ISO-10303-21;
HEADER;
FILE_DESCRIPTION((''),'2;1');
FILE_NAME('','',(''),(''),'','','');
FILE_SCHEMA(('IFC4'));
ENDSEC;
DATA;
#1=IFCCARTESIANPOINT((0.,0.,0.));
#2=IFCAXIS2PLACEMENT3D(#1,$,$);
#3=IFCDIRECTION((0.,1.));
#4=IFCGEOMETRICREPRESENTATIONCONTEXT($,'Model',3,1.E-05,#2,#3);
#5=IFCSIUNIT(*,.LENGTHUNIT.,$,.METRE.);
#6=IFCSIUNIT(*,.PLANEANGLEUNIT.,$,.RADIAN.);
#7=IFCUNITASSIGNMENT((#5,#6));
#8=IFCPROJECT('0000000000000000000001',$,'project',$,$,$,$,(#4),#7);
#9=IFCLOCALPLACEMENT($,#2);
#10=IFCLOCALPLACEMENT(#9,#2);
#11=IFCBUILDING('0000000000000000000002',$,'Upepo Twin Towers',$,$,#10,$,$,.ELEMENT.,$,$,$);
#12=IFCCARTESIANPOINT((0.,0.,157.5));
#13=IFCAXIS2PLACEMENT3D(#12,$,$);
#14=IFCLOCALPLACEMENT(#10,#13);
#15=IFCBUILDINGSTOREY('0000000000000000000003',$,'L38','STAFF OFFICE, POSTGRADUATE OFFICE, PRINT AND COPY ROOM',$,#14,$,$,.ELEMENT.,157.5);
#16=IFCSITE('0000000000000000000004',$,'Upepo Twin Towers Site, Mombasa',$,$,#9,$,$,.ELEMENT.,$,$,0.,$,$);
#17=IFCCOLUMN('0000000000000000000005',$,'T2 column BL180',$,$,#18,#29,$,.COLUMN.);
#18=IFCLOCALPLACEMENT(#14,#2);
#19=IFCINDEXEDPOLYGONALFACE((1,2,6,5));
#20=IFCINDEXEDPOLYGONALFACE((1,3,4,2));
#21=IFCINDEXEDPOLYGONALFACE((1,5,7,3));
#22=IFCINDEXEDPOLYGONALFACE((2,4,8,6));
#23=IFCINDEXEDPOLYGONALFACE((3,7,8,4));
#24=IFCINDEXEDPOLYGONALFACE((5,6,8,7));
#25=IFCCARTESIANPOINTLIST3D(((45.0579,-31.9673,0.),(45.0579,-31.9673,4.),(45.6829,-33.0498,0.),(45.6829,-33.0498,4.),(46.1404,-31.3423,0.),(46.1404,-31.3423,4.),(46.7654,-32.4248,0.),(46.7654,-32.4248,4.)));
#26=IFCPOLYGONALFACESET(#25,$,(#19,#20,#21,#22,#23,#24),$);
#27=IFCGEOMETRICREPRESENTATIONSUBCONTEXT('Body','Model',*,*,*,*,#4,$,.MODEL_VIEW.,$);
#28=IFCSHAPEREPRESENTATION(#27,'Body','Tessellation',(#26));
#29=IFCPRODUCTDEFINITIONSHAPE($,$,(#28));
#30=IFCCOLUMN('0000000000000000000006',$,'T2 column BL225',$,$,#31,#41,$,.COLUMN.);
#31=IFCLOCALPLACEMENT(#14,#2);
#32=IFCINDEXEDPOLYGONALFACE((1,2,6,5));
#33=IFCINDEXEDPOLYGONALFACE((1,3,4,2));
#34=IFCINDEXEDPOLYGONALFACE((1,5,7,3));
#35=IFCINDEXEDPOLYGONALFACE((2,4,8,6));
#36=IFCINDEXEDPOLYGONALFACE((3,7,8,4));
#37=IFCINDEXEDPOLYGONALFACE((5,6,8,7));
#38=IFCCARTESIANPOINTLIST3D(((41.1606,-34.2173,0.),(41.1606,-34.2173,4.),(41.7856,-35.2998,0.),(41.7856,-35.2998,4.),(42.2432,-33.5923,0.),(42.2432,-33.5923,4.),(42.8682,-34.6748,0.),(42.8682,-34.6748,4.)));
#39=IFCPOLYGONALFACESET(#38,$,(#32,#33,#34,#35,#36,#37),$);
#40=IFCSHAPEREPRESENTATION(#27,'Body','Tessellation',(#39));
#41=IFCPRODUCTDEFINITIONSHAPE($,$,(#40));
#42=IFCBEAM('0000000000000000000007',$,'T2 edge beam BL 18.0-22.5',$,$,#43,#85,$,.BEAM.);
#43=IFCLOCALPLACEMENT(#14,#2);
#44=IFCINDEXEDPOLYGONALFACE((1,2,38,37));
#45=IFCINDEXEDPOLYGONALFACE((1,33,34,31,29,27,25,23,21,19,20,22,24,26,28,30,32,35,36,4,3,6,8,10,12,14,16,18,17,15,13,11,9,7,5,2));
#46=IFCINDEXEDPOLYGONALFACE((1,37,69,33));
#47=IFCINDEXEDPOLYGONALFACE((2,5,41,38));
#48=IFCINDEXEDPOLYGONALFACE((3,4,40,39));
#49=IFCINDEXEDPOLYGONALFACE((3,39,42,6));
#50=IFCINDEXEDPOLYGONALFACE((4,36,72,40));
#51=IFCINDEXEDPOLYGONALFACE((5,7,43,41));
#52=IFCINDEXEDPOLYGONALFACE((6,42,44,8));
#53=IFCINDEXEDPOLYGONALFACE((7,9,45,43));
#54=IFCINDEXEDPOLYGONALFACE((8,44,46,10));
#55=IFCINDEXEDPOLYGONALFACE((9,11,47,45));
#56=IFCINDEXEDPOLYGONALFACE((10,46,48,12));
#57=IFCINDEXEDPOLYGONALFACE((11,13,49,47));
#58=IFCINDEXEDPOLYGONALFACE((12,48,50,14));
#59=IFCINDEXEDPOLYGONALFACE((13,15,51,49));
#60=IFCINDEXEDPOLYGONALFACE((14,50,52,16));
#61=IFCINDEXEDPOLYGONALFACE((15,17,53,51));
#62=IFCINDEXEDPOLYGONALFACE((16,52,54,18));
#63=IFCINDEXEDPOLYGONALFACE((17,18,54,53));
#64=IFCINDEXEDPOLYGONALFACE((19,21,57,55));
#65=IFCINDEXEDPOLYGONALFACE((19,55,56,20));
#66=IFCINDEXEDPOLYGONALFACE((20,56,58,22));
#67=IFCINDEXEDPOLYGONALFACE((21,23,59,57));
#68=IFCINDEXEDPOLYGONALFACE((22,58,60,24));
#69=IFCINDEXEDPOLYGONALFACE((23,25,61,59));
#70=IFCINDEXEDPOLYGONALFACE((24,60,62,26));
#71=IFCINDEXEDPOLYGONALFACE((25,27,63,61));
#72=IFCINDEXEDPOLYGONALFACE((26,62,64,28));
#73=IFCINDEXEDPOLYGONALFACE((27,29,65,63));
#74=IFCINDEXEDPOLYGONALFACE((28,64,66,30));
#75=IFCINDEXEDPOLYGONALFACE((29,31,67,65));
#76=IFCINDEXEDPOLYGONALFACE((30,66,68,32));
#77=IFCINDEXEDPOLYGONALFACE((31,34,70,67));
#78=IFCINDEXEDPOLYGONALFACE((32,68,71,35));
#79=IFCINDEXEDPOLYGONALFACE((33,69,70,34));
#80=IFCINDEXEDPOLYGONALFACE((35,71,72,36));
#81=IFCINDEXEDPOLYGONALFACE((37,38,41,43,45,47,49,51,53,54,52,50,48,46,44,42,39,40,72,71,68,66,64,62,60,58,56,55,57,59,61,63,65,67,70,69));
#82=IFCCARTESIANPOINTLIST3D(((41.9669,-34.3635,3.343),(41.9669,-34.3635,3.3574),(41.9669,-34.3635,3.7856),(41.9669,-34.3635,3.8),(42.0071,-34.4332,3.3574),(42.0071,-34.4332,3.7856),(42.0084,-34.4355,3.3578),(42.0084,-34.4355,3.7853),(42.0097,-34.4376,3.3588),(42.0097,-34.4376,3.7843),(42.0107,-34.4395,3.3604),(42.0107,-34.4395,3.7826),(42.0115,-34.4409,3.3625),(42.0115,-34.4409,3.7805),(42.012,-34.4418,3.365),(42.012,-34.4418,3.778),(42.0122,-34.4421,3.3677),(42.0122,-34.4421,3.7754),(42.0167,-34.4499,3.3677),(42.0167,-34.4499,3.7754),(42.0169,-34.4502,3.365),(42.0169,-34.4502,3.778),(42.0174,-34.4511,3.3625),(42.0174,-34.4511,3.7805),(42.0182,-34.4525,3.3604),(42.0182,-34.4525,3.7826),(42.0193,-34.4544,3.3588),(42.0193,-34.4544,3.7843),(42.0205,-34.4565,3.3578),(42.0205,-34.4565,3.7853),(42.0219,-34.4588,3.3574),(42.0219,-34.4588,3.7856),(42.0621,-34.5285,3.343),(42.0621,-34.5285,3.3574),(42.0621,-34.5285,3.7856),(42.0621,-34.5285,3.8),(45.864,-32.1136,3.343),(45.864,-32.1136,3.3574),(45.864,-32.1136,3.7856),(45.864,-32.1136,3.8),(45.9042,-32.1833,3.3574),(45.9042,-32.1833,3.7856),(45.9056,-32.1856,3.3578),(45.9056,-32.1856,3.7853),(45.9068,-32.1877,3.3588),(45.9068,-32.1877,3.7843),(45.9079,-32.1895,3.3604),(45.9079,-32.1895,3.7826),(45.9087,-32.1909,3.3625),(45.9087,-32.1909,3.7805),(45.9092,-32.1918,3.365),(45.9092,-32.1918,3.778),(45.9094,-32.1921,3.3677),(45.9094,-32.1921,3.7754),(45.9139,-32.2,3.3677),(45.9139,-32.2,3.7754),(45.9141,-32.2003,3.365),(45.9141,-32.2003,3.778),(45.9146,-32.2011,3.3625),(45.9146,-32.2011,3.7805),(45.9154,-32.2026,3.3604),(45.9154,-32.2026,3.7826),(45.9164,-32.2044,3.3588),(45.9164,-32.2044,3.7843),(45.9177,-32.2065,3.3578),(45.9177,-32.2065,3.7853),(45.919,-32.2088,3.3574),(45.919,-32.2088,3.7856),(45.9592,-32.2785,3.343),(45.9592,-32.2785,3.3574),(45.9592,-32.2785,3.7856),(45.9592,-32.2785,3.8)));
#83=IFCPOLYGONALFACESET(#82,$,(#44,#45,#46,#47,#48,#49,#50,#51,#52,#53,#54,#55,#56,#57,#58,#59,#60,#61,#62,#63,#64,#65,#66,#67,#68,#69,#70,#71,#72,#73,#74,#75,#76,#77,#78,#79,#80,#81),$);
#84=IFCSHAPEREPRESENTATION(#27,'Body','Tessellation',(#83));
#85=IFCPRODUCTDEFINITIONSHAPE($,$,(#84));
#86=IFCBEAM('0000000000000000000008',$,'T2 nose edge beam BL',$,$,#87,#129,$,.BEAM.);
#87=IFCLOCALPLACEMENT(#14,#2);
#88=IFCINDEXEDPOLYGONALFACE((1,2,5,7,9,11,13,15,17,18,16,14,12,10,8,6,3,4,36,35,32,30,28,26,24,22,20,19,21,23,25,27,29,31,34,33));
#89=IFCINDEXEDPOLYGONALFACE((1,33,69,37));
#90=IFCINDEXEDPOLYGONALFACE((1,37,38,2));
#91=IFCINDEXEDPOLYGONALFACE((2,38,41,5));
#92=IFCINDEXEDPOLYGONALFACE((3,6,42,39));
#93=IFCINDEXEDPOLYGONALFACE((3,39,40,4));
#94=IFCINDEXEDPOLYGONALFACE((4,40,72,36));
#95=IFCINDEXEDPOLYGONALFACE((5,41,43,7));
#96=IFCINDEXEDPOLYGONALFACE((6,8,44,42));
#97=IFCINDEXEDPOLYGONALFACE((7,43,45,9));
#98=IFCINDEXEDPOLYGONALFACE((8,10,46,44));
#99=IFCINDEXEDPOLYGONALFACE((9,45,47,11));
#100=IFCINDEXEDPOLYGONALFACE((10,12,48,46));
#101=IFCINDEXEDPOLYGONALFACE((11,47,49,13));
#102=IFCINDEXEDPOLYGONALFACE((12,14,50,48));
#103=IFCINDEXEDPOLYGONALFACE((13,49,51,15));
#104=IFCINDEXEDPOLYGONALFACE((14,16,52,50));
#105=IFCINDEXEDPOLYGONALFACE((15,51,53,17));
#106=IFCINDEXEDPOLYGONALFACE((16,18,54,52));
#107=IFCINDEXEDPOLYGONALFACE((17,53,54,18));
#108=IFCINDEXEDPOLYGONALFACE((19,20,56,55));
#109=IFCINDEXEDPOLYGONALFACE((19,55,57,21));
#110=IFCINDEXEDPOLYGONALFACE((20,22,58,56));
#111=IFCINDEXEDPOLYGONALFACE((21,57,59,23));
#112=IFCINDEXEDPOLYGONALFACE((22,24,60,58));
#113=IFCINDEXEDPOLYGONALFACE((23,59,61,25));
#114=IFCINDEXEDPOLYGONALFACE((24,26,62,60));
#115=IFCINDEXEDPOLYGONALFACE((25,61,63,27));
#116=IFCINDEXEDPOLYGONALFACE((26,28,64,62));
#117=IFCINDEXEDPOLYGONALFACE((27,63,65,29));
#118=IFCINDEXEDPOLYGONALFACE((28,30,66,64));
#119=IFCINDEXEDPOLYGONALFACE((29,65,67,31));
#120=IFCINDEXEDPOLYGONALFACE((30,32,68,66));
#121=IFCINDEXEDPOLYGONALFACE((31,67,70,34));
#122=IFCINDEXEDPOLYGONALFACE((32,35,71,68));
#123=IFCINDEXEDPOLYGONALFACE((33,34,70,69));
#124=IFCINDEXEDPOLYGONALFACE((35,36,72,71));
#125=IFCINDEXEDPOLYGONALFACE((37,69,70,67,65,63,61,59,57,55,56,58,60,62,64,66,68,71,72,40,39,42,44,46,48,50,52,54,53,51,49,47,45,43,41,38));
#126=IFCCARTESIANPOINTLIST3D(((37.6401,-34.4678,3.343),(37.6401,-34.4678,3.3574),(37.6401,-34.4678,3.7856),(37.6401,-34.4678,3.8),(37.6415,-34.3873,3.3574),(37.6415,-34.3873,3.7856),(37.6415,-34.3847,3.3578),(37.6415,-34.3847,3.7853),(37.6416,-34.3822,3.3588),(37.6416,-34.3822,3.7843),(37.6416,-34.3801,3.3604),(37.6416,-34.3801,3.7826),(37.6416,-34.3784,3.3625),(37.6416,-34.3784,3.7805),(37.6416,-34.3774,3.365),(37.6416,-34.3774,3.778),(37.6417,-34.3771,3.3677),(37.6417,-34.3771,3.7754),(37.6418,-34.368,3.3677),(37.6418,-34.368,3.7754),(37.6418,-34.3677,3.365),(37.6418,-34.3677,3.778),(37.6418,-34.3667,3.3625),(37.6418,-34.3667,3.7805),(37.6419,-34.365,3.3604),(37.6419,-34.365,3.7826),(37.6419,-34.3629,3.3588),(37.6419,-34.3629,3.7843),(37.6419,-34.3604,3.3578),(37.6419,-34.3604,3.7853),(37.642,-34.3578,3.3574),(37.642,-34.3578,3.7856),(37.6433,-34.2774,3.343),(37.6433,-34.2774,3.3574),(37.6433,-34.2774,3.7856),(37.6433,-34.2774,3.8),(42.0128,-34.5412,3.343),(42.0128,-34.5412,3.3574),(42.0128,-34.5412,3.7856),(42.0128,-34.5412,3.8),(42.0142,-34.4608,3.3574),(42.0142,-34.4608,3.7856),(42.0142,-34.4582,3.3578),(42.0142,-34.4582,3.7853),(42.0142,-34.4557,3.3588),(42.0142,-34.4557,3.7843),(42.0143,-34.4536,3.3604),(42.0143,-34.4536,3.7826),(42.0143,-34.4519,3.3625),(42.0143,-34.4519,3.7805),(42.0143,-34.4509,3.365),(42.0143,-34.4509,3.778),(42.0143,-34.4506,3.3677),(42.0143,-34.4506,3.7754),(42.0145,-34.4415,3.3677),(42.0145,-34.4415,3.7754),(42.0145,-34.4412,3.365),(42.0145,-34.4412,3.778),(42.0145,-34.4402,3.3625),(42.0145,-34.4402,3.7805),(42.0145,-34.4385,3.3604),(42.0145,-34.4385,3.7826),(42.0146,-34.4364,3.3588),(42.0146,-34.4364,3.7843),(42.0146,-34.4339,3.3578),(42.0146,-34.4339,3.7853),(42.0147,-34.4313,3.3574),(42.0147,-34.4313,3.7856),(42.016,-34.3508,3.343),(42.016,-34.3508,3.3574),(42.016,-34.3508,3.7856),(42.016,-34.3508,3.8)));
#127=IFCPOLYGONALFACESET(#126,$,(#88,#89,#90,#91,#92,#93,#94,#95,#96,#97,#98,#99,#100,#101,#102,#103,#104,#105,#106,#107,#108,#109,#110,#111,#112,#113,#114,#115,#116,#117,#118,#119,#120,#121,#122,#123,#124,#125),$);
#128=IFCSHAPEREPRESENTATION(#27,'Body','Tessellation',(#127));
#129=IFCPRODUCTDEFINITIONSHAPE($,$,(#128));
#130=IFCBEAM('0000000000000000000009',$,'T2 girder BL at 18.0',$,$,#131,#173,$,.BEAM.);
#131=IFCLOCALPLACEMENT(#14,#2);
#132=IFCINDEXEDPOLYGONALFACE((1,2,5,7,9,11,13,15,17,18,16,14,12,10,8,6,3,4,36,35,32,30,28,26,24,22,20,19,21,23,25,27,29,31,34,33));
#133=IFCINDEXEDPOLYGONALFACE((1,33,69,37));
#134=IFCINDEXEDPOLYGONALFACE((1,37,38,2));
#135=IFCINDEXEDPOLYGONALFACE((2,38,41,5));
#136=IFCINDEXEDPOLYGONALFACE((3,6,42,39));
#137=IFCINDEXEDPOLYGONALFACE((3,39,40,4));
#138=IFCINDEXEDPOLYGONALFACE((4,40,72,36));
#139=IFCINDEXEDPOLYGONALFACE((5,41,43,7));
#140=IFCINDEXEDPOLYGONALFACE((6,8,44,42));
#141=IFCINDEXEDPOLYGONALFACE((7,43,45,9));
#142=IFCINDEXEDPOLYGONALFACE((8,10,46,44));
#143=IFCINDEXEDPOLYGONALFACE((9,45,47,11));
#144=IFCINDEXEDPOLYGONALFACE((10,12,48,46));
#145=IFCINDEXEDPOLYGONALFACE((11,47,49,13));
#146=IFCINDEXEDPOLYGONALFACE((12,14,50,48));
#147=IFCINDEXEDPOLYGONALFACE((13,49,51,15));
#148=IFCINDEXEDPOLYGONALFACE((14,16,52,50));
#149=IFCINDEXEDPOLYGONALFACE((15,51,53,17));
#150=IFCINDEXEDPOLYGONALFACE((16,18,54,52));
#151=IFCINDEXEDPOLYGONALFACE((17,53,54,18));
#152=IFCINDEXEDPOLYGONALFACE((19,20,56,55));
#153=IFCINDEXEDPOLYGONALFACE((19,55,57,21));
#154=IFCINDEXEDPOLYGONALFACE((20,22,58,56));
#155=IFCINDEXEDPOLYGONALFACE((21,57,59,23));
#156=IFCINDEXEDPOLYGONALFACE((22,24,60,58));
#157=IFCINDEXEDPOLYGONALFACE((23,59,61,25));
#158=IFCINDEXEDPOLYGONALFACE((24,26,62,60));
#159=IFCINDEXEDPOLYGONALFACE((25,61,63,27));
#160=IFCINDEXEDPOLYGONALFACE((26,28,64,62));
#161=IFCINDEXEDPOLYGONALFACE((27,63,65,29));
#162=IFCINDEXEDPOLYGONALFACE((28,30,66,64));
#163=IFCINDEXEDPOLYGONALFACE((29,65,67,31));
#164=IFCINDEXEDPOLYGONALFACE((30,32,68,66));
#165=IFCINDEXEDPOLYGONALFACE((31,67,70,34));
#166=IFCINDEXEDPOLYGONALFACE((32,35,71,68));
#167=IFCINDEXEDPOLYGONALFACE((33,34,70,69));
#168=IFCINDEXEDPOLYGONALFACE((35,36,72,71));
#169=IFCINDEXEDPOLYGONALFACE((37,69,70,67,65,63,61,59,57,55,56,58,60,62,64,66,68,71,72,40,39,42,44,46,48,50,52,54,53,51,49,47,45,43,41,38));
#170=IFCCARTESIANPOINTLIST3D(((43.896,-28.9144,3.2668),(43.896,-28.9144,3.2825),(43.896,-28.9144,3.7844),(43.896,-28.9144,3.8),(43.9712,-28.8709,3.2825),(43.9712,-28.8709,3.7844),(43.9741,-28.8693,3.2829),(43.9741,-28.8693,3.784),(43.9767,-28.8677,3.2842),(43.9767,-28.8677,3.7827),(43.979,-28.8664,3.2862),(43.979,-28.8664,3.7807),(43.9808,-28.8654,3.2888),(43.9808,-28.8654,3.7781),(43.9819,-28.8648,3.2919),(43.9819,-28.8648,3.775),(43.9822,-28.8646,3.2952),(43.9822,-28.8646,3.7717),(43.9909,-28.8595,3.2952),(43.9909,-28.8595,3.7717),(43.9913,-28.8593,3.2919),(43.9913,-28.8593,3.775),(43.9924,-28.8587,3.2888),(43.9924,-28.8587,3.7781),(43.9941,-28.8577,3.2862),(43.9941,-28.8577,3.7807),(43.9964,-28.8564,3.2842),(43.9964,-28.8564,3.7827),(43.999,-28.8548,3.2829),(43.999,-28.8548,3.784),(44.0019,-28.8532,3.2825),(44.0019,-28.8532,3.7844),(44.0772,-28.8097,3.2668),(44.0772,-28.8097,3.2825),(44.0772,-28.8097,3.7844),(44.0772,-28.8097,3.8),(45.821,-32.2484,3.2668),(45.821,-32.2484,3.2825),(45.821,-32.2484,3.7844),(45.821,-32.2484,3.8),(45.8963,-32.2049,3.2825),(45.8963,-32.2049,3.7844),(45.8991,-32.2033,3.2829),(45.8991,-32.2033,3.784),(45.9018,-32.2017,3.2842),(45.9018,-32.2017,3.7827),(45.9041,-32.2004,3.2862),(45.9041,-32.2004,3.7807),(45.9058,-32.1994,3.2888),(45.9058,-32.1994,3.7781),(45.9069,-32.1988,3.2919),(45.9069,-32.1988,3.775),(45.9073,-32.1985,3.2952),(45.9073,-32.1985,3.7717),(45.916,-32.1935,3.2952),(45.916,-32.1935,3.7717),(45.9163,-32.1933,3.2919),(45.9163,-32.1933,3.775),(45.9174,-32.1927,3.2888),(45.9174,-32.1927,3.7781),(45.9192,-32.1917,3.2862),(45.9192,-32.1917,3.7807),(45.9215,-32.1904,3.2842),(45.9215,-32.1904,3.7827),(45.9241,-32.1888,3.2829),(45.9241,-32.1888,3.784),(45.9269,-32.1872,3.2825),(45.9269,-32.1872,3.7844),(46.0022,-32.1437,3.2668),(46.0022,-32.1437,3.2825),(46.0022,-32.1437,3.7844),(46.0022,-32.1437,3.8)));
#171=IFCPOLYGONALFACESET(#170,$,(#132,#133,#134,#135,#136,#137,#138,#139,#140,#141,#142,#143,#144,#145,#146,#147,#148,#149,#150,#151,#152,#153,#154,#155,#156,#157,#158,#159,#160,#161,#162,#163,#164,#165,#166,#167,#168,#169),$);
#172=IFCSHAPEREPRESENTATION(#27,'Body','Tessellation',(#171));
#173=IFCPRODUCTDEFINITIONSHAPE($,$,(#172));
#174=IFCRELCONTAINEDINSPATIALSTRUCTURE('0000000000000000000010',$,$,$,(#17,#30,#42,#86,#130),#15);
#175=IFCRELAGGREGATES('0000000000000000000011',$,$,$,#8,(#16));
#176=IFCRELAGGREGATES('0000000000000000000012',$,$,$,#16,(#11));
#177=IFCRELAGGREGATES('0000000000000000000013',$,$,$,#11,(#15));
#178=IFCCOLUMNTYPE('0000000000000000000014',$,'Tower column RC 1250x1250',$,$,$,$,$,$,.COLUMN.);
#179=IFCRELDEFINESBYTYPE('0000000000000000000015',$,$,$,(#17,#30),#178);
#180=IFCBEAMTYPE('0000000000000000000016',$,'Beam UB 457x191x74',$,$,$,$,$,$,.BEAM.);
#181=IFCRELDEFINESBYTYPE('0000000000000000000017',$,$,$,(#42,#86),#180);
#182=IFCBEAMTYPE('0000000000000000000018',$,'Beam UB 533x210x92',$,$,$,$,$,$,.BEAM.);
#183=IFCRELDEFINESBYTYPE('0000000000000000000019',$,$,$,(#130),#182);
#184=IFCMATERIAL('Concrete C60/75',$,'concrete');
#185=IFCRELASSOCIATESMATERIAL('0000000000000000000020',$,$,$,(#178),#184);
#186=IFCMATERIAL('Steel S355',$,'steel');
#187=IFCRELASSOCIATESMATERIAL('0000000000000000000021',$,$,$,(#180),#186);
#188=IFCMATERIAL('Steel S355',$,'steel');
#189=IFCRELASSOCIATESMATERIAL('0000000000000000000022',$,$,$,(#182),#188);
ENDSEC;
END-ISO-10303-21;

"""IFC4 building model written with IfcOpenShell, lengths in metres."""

from ifc_helpers import new_model, si_unit, direction, frame, origin, origin_2d, place, context, subcontext, project, spatial, rectangle, i_section, extrude, material, material_profile, profile_set, type_object, element, save


model = new_model("IFC4")

# Units and contexts
model_context = context("Model", 3, precision=1e-05, world=origin(), true_north=direction((0.0, 1.0)))
body_context = subcontext(model_context, "Body", "Model", "MODEL_VIEW")
ifc_project = project(units=[si_unit("LENGTHUNIT", "METRE"), si_unit("PLANEANGLEUNIT", "RADIAN")], contexts=[model_context])

# Site, building, storey
site_placement = place(None, origin())
site = spatial("IfcSite", under=ifc_project, at=site_placement, Name="Upepo Twin Towers Site, Mombasa", CompositionType="ELEMENT", RefElevation=0.0)
building_placement = place(site_placement, origin())
building = spatial("IfcBuilding", under=site, at=building_placement, Name="Upepo Twin Towers", CompositionType="ELEMENT")
storey_placement = place(building_placement, frame((0.0, 0.0, 157.5)))
storey = spatial("IfcBuildingStorey", under=building, at=storey_placement, Name="L38", Description="STAFF OFFICE, POSTGRADUATE OFFICE, PRINT AND COPY ROOM", CompositionType="ELEMENT", Elevation=157.5)

# Columns
ifc_material_1 = material(Name="Concrete C60/75", Category="concrete")
ifc_material_profile_1 = material_profile(ifc_material_1, rectangle(XDim=1.25, YDim=1.25, at=origin_2d()), Name="RC 1250x1250")
ifc_profile_set_1 = profile_set([ifc_material_profile_1], Name="Concrete C60/75")
column_type = type_object("IfcColumnType", Name="Tower column RC 1250x1250", PredefinedType="COLUMN", material=ifc_profile_set_1)
for number, where, z_axis, x_axis, name in (
    (1, (45.9116, -32.196, 0.0), (0.0, 0.0, 1.0), (0.866025, 0.5, 0.0), "T2 column BL180"),
    (2, (42.0144, -34.446, 0.0), (0.0, 0.0, 1.0), (0.866025, 0.5, 0.0), "T2 column BL225"),
):
    element("IfcColumn", number, at=place(storey_placement, frame(where, z_axis=z_axis, x_axis=x_axis)), inside=storey, type_object=column_type, Name=name, PredefinedType="COLUMN", context=body_context, shape_type="SweptSolid", body=[
        extrude(rectangle(XDim=1.25, YDim=1.25, at=origin_2d()), origin(), (0.0, 0.0, 1.0), 4.0),
    ])

# Beams
ifc_material_2 = material(Name="Steel S355", Category="steel")
ifc_material_profile_2 = material_profile(ifc_material_2, i_section(OverallWidth=0.1904, OverallDepth=0.457, WebThickness=0.009, FlangeThickness=0.0144, FilletRadius=0.0103, at=origin_2d()), Name="UB 457x191x74")
ifc_profile_set_2 = profile_set([ifc_material_profile_2], Name="Steel S355")
beam_type_1 = type_object("IfcBeamType", Name="Beam UB 457x191x74", PredefinedType="BEAM", material=ifc_profile_set_2)
beam_1_placement = place(storey_placement, frame((45.9116, -32.196, 3.5715), z_axis=(-0.866031, -0.49999, 0.0), x_axis=(0.49999, -0.866031, 0.0)))
element("IfcBeam", 3, at=beam_1_placement, inside=storey, type_object=beam_type_1, Name="T2 edge beam BL 18.0-22.5", PredefinedType="BEAM", context=body_context, shape_type="SweptSolid", body=[
    extrude(i_section(OverallWidth=0.1904, OverallDepth=0.457, WebThickness=0.009, FlangeThickness=0.0144, FilletRadius=0.0103, at=origin_2d()), origin(), (0.0, 0.0, 1.0), 4.5),
])
beam_2_placement = place(storey_placement, frame((42.0144, -34.446, 3.5715), z_axis=(-0.999859, 0.016804, 0.0), x_axis=(-0.016804, -0.999859, 0.0)))
element("IfcBeam", 4, at=beam_2_placement, inside=storey, type_object=beam_type_1, Name="T2 nose edge beam BL", PredefinedType="BEAM", context=body_context, shape_type="SweptSolid", body=[
    extrude(i_section(OverallWidth=0.1904, OverallDepth=0.457, WebThickness=0.009, FlangeThickness=0.0144, FilletRadius=0.0103, at=origin_2d()), origin(), (0.0, 0.0, 1.0), 4.3733),
])
ifc_material_3 = material(Name="Steel S355", Category="steel")
ifc_material_profile_3 = material_profile(ifc_material_3, i_section(OverallWidth=0.2092, OverallDepth=0.5332, WebThickness=0.01, FlangeThickness=0.0156, FilletRadius=0.0127, at=origin_2d()), Name="UB 533x210x92")
ifc_profile_set_3 = profile_set([ifc_material_profile_3], Name="Steel S355")
beam_type_2 = type_object("IfcBeamType", Name="Beam UB 533x210x92", PredefinedType="BEAM", material=ifc_profile_set_3)
for number, where, z_axis, x_axis, name in (
    (5, (45.9116, -32.196, 3.5334), (-0.500034, 0.866006, 0.0), (-0.866006, -0.500034, 0.0), "T2 girder BL at 18.0"),
):
    element("IfcBeam", number, at=place(storey_placement, frame(where, z_axis=z_axis, x_axis=x_axis)), inside=storey, type_object=beam_type_2, Name=name, PredefinedType="BEAM", context=body_context, shape_type="SweptSolid", body=[
        extrude(i_section(OverallWidth=0.2092, OverallDepth=0.5332, WebThickness=0.01, FlangeThickness=0.0156, FilletRadius=0.0127, at=origin_2d()), origin(), (0.0, 0.0, 1.0), 3.8499),
    ])

save(model, "model.ifc")
